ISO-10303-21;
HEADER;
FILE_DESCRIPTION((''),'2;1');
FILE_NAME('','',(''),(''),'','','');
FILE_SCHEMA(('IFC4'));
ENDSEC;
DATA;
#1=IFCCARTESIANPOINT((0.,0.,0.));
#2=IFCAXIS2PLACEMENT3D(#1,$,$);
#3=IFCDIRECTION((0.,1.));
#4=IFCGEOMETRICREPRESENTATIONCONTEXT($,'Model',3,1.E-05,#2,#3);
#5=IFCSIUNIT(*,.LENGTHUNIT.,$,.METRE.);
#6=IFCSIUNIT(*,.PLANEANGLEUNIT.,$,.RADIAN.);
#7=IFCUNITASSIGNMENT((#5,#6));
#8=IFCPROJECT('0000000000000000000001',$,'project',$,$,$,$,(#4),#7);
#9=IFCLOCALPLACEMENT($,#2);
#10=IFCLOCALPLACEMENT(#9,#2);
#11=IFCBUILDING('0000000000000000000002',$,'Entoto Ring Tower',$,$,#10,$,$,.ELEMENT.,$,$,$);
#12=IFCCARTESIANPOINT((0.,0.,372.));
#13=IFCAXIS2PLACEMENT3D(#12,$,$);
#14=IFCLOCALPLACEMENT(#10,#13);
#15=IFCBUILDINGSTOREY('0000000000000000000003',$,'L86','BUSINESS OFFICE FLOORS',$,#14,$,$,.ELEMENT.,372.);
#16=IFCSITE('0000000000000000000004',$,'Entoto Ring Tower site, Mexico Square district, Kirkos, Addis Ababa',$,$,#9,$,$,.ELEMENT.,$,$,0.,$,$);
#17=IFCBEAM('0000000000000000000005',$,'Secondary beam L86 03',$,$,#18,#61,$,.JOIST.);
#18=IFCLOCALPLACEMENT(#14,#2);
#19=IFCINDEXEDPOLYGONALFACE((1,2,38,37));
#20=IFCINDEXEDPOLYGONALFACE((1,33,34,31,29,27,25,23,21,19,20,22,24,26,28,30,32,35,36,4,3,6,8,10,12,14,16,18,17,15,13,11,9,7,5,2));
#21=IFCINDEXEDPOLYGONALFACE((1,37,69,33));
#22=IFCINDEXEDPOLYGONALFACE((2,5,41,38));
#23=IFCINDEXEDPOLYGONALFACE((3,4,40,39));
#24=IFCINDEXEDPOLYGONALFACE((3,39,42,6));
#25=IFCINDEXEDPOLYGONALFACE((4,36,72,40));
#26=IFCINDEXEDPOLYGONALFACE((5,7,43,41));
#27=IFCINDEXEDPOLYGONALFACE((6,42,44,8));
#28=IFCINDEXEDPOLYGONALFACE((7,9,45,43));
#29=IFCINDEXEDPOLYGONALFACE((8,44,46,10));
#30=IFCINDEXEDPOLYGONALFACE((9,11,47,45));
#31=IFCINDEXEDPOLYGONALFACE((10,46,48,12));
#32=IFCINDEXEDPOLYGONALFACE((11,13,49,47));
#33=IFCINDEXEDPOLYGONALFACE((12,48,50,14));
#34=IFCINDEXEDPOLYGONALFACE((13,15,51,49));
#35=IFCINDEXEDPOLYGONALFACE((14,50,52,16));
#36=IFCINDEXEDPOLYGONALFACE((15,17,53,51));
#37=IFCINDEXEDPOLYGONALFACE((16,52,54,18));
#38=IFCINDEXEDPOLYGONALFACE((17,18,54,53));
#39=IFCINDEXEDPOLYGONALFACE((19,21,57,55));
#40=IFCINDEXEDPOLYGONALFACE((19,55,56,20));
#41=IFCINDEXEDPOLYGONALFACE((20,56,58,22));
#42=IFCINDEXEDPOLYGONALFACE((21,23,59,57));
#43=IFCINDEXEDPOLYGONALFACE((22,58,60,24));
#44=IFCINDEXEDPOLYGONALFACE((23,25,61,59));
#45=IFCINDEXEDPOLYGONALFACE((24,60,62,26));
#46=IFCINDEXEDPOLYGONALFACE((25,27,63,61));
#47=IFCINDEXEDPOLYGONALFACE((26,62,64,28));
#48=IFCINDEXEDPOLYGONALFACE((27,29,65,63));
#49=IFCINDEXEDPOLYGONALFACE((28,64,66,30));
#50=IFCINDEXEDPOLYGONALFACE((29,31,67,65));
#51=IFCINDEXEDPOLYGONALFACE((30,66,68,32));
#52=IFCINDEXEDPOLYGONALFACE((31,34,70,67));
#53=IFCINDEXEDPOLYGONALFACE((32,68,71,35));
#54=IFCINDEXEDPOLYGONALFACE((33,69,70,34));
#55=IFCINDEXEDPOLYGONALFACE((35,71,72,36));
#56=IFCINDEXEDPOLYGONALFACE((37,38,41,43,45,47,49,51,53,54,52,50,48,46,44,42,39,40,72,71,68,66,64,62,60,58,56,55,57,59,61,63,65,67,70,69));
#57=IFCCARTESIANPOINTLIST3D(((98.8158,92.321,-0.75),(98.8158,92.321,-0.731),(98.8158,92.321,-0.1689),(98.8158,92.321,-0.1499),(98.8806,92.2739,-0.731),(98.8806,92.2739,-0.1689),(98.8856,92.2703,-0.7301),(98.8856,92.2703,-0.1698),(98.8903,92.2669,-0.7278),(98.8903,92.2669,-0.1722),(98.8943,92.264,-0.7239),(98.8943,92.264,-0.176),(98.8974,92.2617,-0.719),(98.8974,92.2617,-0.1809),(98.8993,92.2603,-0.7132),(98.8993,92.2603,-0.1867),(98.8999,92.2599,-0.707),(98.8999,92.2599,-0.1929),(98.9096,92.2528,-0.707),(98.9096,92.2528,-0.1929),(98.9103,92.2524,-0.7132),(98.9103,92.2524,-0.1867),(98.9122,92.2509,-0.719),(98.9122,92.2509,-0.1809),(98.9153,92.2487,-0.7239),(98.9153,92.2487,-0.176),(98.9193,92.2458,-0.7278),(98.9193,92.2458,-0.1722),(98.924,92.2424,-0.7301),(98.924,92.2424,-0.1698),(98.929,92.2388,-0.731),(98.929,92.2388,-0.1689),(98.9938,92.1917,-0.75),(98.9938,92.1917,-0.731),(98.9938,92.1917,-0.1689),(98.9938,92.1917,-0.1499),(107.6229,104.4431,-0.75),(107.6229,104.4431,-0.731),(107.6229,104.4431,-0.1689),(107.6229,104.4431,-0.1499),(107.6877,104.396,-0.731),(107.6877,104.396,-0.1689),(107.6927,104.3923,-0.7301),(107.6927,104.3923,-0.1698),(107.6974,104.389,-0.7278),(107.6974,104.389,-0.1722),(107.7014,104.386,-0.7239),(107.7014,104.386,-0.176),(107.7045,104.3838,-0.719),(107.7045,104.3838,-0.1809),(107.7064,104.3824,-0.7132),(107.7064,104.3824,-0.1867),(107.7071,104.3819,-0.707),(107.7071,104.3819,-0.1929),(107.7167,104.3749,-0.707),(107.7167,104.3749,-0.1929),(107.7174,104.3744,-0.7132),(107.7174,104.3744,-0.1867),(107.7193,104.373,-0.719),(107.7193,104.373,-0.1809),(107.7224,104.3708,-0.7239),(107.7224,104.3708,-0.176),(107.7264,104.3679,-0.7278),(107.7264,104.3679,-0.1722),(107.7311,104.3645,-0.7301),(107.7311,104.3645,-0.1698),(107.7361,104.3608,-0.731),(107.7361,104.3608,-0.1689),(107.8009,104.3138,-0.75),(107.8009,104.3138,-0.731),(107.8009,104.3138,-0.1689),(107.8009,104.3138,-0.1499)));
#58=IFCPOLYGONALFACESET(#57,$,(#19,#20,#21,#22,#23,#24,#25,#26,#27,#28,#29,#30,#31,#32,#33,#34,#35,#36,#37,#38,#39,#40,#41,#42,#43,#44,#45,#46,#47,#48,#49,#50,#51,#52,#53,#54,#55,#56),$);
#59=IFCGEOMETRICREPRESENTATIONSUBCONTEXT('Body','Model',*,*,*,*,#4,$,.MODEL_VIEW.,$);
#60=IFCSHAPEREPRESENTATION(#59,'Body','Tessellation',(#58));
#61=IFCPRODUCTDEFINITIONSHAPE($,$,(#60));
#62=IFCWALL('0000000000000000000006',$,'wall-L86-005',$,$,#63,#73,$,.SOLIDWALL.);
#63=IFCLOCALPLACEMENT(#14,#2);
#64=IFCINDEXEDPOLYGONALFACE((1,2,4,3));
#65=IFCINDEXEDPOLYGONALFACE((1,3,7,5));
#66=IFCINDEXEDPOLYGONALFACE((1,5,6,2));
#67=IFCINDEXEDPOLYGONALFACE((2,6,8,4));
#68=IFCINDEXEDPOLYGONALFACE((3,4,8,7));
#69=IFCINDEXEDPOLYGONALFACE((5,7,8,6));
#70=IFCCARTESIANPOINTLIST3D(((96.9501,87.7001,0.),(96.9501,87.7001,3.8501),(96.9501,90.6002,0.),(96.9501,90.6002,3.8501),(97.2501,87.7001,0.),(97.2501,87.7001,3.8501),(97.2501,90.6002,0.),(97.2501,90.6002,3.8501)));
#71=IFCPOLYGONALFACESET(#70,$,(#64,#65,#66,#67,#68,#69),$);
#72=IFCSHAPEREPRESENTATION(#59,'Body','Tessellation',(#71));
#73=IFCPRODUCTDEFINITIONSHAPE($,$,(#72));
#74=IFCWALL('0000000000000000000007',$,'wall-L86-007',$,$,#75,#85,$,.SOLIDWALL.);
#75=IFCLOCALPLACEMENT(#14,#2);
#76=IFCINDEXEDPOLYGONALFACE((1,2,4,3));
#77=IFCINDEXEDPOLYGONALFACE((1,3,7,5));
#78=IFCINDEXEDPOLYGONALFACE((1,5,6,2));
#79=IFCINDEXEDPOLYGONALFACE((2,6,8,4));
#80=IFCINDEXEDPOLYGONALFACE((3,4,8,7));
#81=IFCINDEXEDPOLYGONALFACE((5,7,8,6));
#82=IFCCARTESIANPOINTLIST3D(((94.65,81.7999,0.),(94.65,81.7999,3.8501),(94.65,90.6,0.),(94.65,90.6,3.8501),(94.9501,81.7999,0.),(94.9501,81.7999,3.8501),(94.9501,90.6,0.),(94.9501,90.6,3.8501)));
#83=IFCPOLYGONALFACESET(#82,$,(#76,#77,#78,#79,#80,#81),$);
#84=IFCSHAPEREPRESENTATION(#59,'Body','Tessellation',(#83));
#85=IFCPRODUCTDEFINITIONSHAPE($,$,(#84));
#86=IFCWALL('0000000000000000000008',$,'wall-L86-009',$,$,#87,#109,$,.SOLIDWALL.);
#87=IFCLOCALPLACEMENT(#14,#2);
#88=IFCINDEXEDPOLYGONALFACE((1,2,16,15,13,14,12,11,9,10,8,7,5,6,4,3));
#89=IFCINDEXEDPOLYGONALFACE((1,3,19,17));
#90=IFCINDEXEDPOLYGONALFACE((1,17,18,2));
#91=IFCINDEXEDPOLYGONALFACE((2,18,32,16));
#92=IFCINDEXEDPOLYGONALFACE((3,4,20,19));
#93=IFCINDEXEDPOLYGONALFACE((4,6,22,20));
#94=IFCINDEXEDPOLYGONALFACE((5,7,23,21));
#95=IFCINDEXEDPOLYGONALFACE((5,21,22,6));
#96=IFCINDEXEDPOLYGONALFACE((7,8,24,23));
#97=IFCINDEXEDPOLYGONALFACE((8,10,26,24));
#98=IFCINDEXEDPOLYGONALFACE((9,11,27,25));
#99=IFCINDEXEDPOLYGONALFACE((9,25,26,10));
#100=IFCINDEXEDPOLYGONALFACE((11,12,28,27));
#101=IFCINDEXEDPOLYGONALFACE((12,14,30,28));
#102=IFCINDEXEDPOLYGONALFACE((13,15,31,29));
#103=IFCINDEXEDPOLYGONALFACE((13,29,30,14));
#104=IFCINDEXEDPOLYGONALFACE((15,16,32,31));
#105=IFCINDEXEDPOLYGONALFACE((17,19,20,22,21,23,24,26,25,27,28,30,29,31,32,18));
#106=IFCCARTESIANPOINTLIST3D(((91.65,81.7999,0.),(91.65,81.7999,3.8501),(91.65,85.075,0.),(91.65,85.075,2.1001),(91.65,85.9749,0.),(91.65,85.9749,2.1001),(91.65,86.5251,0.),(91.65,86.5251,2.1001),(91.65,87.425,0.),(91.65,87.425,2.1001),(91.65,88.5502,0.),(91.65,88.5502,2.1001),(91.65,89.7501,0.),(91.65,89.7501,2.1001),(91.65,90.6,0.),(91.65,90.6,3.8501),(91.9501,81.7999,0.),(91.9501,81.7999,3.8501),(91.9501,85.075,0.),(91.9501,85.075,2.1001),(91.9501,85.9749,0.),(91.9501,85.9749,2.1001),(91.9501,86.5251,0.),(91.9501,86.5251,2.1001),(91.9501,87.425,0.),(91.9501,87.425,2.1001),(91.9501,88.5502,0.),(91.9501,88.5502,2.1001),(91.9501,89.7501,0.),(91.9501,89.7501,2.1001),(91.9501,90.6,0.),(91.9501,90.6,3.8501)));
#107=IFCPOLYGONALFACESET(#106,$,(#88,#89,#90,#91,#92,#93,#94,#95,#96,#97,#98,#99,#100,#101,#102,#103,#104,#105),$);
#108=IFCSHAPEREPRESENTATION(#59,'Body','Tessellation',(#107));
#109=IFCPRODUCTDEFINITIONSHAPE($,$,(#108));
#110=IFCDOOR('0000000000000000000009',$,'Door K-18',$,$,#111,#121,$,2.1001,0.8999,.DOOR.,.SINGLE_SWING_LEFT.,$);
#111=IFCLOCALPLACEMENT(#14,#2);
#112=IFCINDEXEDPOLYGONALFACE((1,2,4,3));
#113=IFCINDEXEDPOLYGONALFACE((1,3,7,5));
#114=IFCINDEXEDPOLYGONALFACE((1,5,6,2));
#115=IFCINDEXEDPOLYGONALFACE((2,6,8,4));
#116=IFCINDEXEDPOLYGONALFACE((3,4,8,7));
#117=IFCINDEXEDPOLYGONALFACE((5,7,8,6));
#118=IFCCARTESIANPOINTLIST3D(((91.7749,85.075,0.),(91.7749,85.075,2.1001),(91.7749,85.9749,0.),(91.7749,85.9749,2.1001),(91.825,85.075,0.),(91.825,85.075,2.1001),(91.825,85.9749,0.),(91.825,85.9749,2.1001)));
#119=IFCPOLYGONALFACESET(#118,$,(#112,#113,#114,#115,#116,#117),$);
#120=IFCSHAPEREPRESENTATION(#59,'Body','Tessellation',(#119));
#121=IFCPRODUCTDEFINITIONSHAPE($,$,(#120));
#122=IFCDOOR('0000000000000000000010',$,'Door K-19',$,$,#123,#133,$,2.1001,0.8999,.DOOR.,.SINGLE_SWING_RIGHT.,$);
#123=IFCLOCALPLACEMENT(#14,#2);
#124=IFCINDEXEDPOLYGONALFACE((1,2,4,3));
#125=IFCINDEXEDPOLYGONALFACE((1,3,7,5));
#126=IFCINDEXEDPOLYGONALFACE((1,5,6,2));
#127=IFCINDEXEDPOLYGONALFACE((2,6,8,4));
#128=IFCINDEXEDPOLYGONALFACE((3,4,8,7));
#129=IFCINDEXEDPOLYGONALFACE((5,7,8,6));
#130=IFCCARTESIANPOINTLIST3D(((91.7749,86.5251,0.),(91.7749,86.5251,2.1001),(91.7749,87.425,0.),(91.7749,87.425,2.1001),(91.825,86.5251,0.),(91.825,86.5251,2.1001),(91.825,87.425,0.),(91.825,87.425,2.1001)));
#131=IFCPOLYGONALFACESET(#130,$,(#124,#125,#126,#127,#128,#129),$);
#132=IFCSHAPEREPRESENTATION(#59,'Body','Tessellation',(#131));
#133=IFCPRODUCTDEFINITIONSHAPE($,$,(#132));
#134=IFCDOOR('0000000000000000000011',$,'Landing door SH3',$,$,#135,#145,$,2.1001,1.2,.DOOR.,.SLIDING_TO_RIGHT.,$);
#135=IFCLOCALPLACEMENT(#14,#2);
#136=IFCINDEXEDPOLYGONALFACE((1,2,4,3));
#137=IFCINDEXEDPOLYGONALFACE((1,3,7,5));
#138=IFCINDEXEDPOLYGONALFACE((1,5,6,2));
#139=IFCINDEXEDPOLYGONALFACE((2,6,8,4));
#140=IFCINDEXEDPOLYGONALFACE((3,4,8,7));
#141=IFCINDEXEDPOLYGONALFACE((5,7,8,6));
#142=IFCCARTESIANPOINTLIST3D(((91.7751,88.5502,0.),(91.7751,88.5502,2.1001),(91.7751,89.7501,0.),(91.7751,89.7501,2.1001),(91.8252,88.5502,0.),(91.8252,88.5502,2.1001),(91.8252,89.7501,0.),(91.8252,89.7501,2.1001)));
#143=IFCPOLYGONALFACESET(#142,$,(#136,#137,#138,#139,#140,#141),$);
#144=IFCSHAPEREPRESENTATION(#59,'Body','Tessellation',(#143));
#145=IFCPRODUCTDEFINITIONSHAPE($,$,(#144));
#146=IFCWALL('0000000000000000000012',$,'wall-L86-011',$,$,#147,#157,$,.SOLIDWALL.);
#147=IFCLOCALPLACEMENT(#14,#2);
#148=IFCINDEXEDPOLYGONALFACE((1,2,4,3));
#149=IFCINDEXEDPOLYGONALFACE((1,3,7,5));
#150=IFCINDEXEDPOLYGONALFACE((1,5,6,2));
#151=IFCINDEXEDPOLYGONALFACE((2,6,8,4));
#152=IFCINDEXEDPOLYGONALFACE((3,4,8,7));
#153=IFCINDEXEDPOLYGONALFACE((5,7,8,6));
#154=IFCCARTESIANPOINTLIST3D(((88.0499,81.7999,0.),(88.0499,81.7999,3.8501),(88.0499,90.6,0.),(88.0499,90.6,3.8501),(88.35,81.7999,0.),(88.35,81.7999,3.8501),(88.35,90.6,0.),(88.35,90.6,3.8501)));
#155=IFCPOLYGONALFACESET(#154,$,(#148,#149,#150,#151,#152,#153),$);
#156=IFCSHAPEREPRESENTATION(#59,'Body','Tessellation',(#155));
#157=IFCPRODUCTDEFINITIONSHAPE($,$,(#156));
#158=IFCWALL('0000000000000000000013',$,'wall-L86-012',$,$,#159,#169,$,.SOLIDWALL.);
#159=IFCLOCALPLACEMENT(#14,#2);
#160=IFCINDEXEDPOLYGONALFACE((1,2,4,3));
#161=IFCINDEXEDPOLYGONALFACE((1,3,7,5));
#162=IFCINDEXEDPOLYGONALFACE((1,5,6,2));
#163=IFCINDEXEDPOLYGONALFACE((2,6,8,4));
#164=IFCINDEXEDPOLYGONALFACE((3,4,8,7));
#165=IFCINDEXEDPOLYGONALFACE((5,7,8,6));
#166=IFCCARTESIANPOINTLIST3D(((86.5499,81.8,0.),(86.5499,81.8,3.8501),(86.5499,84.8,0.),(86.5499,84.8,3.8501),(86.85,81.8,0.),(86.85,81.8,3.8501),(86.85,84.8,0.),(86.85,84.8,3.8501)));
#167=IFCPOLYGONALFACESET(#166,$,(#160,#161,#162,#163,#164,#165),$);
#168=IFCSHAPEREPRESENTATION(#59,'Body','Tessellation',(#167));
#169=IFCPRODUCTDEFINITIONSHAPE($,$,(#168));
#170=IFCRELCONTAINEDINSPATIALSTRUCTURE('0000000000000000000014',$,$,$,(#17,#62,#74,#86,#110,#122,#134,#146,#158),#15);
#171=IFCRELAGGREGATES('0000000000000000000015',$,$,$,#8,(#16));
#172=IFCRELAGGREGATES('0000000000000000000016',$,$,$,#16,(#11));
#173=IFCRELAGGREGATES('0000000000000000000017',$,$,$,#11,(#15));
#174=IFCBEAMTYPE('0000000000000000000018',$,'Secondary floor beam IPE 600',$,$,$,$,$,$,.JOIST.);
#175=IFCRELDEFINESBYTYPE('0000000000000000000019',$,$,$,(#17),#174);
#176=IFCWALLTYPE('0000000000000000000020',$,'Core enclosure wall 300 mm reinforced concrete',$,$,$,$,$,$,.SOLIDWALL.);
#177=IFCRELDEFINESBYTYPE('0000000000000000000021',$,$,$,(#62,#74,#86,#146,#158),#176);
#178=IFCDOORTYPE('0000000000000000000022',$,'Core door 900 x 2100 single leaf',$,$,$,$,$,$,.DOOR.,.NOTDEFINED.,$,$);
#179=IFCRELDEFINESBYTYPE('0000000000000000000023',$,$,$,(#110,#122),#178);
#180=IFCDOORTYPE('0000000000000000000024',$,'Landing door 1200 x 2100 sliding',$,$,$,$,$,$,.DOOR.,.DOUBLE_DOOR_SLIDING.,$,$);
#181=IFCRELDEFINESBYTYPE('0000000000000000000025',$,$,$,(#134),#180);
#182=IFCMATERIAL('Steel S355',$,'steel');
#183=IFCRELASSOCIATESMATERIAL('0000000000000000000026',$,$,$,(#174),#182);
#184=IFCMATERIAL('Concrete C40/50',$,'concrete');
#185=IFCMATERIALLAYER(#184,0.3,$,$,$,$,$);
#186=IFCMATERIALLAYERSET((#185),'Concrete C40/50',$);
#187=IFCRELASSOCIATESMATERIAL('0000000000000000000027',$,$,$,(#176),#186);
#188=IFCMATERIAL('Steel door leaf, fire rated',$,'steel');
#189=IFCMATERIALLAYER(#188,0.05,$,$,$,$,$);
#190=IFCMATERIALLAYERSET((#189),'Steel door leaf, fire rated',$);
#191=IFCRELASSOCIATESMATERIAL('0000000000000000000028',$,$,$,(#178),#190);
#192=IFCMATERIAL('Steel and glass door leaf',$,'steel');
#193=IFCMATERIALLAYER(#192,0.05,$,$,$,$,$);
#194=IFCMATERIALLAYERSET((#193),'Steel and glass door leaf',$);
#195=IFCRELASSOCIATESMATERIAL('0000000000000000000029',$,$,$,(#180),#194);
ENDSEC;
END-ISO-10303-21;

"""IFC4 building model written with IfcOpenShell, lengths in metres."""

from ifc_helpers import new_model, si_unit, direction, frame, frame_2d, origin, origin_2d, place, context, subcontext, project, spatial, rectangle, i_section, extrude, material, layer, layer_set, material_profile, profile_set, type_object, element, fill, save


model = new_model("IFC4")

# Units and contexts
model_context = context("Model", 3, precision=1e-05, world=origin(), true_north=direction((0.0, 1.0)))
body_context = subcontext(model_context, "Body", "Model", "MODEL_VIEW")
ifc_project = project(units=[si_unit("LENGTHUNIT", "METRE"), si_unit("PLANEANGLEUNIT", "RADIAN")], contexts=[model_context])

# Site, building, storey
site_placement = place(None, origin())
site = spatial("IfcSite", under=ifc_project, at=site_placement, Name="Entoto Ring Tower site, Mexico Square district, Kirkos, Addis Ababa", CompositionType="ELEMENT", RefElevation=0.0)
building_placement = place(site_placement, origin())
building = spatial("IfcBuilding", under=site, at=building_placement, Name="Entoto Ring Tower", CompositionType="ELEMENT")
storey_placement = place(building_placement, frame((0.0, 0.0, 372.0)))
storey = spatial("IfcBuildingStorey", under=building, at=storey_placement, Name="L86", Description="BUSINESS OFFICE FLOORS", CompositionType="ELEMENT", Elevation=372.0)

# Beam
ifc_material_1 = material(Name="Steel S355", Category="steel")
ifc_material_profile = material_profile(ifc_material_1, i_section(OverallWidth=0.22, OverallDepth=0.6001, WebThickness=0.012, FlangeThickness=0.019, FilletRadius=0.0239, at=origin_2d()), Name="IPE 600")
ifc_profile_set = profile_set([ifc_material_profile], Name="Steel S355")
beam_type = type_object("IfcBeamType", Name="Secondary floor beam IPE 600", PredefinedType="JOIST", material=ifc_profile_set)
beam_placement = place(storey_placement, frame((98.9048, 92.2563, -0.45), z_axis=(0.587782, 0.809019, 0.0), x_axis=(-0.809019, 0.587782, 0.0)))
element("IfcBeam", 1, at=beam_placement, inside=storey, type_object=beam_type, Name="Secondary beam L86 03", PredefinedType="JOIST", context=body_context, shape_type="SweptSolid", body=[
    extrude(i_section(OverallWidth=0.22, OverallDepth=0.6001, WebThickness=0.012, FlangeThickness=0.019, FilletRadius=0.0239, at=origin_2d()), origin(), (0.0, 0.0, 1.0), 14.9836),
])

# Walls
ifc_material_2 = material(Name="Concrete C40/50", Category="concrete")
ifc_layer_1 = layer(ifc_material_2, 0.3)
ifc_layer_set_1 = layer_set([ifc_layer_1], Name="Concrete C40/50")
wall_type = type_object("IfcWallType", Name="Core enclosure wall 300 mm reinforced concrete", PredefinedType="SOLIDWALL", material=ifc_layer_set_1)
wall_1_placement = place(storey_placement, frame((97.1001, 87.7, 0.0), z_axis=(0.0, 0.0, 1.0), x_axis=(0.0, 1.0, 0.0)))
element("IfcWall", 2, at=wall_1_placement, inside=storey, type_object=wall_type, Name="wall-L86-005", PredefinedType="SOLIDWALL", context=body_context, shape_type="SweptSolid", body=[
    extrude(rectangle(XDim=2.9001, YDim=0.3, at=frame_2d((1.4502, 0.0))), origin(), (0.0, 0.0, 1.0), 3.8501),
])
wall_2_placement = place(storey_placement, frame((94.8, 81.8, 0.0), z_axis=(0.0, 0.0, 1.0), x_axis=(0.0, 1.0, 0.0)))
element("IfcWall", 3, at=wall_2_placement, inside=storey, type_object=wall_type, Name="wall-L86-007", PredefinedType="SOLIDWALL", context=body_context, shape_type="SweptSolid", body=[
    extrude(rectangle(XDim=8.8, YDim=0.3, at=frame_2d((4.3999, 0.0))), origin(), (0.0, 0.0, 1.0), 3.8501),
])

# Wall, openings, doors
wall_3_placement = place(storey_placement, frame((91.8, 81.8, 0.0), z_axis=(0.0, 0.0, 1.0), x_axis=(0.0, 1.0, 0.0)))
wall_3 = element("IfcWall", 4, at=wall_3_placement, inside=storey, type_object=wall_type, Name="wall-L86-009", PredefinedType="SOLIDWALL", context=body_context, shape_type="SweptSolid", body=[
    extrude(rectangle(XDim=8.8, YDim=0.3, at=frame_2d((4.3999, 0.0))), origin(), (0.0, 0.0, 1.0), 3.8501),
])
opening_1_placement = place(wall_3_placement, frame((6.75, 0.0, 0.0)))
opening_1 = element("IfcOpeningElement", 5, at=opening_1_placement, cuts=wall_3, PredefinedType="OPENING", context=body_context, shape_type="SweptSolid", body=[
    extrude(rectangle(XDim=1.2, YDim=2.1001, at=frame_2d((0.6001, 1.05))), frame((0.0, 0.1602, 0.0), z_axis=(0.0, -1.0, 0.0), x_axis=(1.0, 0.0, 0.0)), (0.0, 0.0, 1.0), 0.3201),
])
opening_2_placement = place(wall_3_placement, frame((3.2749, 0.0, 0.0)))
opening_2 = element("IfcOpeningElement", 6, at=opening_2_placement, cuts=wall_3, PredefinedType="OPENING", context=body_context, shape_type="SweptSolid", body=[
    extrude(rectangle(XDim=0.8999, YDim=2.1001, at=frame_2d((0.45, 1.05))), frame((0.0, 0.1602, 0.0), z_axis=(0.0, -1.0, 0.0), x_axis=(1.0, 0.0, 0.0)), (0.0, 0.0, 1.0), 0.3201),
])
opening_3_placement = place(wall_3_placement, frame((4.7251, 0.0, 0.0)))
opening_3 = element("IfcOpeningElement", 7, at=opening_3_placement, cuts=wall_3, PredefinedType="OPENING", context=body_context, shape_type="SweptSolid", body=[
    extrude(rectangle(XDim=0.8999, YDim=2.1001, at=frame_2d((0.45, 1.05))), frame((0.0, 0.1602, 0.0), z_axis=(0.0, -1.0, 0.0), x_axis=(1.0, 0.0, 0.0)), (0.0, 0.0, 1.0), 0.3201),
])
ifc_material_3 = material(Name="Steel door leaf, fire rated", Category="steel")
ifc_layer_2 = layer(ifc_material_3, 0.05)
ifc_layer_set_2 = layer_set([ifc_layer_2], Name="Steel door leaf, fire rated")
door_type_1 = type_object("IfcDoorType", Name="Core door 900 x 2100 single leaf", OperationType="NOTDEFINED", PredefinedType="DOOR", material=ifc_layer_set_2)
door_1_placement = place(opening_2_placement, frame((0.8999, 0.0, 0.0), z_axis=(0.0, 0.0, 1.0), x_axis=(-1.0, 0.0, 0.0)))
door_1 = element("IfcDoor", 8, at=door_1_placement, inside=storey, type_object=door_type_1, Name="Door K-18", OperationType="SINGLE_SWING_LEFT", OverallHeight=2.1001, OverallWidth=0.8999, PredefinedType="DOOR", context=body_context, shape_type="SweptSolid", body=[
    extrude(rectangle(XDim=0.8999, YDim=2.1001, at=frame_2d((0.45, 1.05))), frame((0.0, 0.0249, 0.0), z_axis=(0.0, -1.0, 0.0), x_axis=(1.0, 0.0, 0.0)), (0.0, 0.0, 1.0), 0.05),
])
fill(opening_2, door_1)
door_2_placement = place(opening_3_placement, frame((0.8999, 0.0, 0.0), z_axis=(0.0, 0.0, 1.0), x_axis=(-1.0, 0.0, 0.0)))
door_2 = element("IfcDoor", 9, at=door_2_placement, inside=storey, type_object=door_type_1, Name="Door K-19", OperationType="SINGLE_SWING_RIGHT", OverallHeight=2.1001, OverallWidth=0.8999, PredefinedType="DOOR", context=body_context, shape_type="SweptSolid", body=[
    extrude(rectangle(XDim=0.8999, YDim=2.1001, at=frame_2d((0.45, 1.05))), frame((0.0, 0.0249, 0.0), z_axis=(0.0, -1.0, 0.0), x_axis=(1.0, 0.0, 0.0)), (0.0, 0.0, 1.0), 0.05),
])
fill(opening_3, door_2)
ifc_material_4 = material(Name="Steel and glass door leaf", Category="steel")
ifc_layer_3 = layer(ifc_material_4, 0.05)
ifc_layer_set_3 = layer_set([ifc_layer_3], Name="Steel and glass door leaf")
door_type_2 = type_object("IfcDoorType", Name="Landing door 1200 x 2100 sliding", OperationType="DOUBLE_DOOR_SLIDING", PredefinedType="DOOR", material=ifc_layer_set_3)
door_3_placement = place(opening_1_placement, origin())
door_3 = element("IfcDoor", 10, at=door_3_placement, inside=storey, type_object=door_type_2, Name="Landing door SH3", OperationType="SLIDING_TO_RIGHT", OverallHeight=2.1001, OverallWidth=1.2, PredefinedType="DOOR", context=body_context, shape_type="SweptSolid", body=[
    extrude(rectangle(XDim=1.2, YDim=2.1001, at=frame_2d((0.6001, 1.05))), frame((0.0, 0.0249, 0.0), z_axis=(0.0, -1.0, 0.0), x_axis=(1.0, 0.0, 0.0)), (0.0, 0.0, 1.0), 0.05),
])
fill(opening_1, door_3)

# Walls
wall_4_placement = place(storey_placement, frame((88.2, 81.8, 0.0), z_axis=(0.0, 0.0, 1.0), x_axis=(0.0, 1.0, 0.0)))
element("IfcWall", 11, at=wall_4_placement, inside=storey, type_object=wall_type, Name="wall-L86-011", PredefinedType="SOLIDWALL", context=body_context, shape_type="SweptSolid", body=[
    extrude(rectangle(XDim=8.8, YDim=0.3, at=frame_2d((4.3999, 0.0))), origin(), (0.0, 0.0, 1.0), 3.8501),
])
wall_5_placement = place(storey_placement, frame((86.7, 81.8, 0.0), z_axis=(0.0, 0.0, 1.0), x_axis=(0.0, 1.0, 0.0)))
element("IfcWall", 12, at=wall_5_placement, inside=storey, type_object=wall_type, Name="wall-L86-012", PredefinedType="SOLIDWALL", context=body_context, shape_type="SweptSolid", body=[
    extrude(rectangle(XDim=3.0, YDim=0.3, at=frame_2d((1.5, 0.0))), origin(), (0.0, 0.0, 1.0), 3.8501),
])

save(model, "model.ifc")
